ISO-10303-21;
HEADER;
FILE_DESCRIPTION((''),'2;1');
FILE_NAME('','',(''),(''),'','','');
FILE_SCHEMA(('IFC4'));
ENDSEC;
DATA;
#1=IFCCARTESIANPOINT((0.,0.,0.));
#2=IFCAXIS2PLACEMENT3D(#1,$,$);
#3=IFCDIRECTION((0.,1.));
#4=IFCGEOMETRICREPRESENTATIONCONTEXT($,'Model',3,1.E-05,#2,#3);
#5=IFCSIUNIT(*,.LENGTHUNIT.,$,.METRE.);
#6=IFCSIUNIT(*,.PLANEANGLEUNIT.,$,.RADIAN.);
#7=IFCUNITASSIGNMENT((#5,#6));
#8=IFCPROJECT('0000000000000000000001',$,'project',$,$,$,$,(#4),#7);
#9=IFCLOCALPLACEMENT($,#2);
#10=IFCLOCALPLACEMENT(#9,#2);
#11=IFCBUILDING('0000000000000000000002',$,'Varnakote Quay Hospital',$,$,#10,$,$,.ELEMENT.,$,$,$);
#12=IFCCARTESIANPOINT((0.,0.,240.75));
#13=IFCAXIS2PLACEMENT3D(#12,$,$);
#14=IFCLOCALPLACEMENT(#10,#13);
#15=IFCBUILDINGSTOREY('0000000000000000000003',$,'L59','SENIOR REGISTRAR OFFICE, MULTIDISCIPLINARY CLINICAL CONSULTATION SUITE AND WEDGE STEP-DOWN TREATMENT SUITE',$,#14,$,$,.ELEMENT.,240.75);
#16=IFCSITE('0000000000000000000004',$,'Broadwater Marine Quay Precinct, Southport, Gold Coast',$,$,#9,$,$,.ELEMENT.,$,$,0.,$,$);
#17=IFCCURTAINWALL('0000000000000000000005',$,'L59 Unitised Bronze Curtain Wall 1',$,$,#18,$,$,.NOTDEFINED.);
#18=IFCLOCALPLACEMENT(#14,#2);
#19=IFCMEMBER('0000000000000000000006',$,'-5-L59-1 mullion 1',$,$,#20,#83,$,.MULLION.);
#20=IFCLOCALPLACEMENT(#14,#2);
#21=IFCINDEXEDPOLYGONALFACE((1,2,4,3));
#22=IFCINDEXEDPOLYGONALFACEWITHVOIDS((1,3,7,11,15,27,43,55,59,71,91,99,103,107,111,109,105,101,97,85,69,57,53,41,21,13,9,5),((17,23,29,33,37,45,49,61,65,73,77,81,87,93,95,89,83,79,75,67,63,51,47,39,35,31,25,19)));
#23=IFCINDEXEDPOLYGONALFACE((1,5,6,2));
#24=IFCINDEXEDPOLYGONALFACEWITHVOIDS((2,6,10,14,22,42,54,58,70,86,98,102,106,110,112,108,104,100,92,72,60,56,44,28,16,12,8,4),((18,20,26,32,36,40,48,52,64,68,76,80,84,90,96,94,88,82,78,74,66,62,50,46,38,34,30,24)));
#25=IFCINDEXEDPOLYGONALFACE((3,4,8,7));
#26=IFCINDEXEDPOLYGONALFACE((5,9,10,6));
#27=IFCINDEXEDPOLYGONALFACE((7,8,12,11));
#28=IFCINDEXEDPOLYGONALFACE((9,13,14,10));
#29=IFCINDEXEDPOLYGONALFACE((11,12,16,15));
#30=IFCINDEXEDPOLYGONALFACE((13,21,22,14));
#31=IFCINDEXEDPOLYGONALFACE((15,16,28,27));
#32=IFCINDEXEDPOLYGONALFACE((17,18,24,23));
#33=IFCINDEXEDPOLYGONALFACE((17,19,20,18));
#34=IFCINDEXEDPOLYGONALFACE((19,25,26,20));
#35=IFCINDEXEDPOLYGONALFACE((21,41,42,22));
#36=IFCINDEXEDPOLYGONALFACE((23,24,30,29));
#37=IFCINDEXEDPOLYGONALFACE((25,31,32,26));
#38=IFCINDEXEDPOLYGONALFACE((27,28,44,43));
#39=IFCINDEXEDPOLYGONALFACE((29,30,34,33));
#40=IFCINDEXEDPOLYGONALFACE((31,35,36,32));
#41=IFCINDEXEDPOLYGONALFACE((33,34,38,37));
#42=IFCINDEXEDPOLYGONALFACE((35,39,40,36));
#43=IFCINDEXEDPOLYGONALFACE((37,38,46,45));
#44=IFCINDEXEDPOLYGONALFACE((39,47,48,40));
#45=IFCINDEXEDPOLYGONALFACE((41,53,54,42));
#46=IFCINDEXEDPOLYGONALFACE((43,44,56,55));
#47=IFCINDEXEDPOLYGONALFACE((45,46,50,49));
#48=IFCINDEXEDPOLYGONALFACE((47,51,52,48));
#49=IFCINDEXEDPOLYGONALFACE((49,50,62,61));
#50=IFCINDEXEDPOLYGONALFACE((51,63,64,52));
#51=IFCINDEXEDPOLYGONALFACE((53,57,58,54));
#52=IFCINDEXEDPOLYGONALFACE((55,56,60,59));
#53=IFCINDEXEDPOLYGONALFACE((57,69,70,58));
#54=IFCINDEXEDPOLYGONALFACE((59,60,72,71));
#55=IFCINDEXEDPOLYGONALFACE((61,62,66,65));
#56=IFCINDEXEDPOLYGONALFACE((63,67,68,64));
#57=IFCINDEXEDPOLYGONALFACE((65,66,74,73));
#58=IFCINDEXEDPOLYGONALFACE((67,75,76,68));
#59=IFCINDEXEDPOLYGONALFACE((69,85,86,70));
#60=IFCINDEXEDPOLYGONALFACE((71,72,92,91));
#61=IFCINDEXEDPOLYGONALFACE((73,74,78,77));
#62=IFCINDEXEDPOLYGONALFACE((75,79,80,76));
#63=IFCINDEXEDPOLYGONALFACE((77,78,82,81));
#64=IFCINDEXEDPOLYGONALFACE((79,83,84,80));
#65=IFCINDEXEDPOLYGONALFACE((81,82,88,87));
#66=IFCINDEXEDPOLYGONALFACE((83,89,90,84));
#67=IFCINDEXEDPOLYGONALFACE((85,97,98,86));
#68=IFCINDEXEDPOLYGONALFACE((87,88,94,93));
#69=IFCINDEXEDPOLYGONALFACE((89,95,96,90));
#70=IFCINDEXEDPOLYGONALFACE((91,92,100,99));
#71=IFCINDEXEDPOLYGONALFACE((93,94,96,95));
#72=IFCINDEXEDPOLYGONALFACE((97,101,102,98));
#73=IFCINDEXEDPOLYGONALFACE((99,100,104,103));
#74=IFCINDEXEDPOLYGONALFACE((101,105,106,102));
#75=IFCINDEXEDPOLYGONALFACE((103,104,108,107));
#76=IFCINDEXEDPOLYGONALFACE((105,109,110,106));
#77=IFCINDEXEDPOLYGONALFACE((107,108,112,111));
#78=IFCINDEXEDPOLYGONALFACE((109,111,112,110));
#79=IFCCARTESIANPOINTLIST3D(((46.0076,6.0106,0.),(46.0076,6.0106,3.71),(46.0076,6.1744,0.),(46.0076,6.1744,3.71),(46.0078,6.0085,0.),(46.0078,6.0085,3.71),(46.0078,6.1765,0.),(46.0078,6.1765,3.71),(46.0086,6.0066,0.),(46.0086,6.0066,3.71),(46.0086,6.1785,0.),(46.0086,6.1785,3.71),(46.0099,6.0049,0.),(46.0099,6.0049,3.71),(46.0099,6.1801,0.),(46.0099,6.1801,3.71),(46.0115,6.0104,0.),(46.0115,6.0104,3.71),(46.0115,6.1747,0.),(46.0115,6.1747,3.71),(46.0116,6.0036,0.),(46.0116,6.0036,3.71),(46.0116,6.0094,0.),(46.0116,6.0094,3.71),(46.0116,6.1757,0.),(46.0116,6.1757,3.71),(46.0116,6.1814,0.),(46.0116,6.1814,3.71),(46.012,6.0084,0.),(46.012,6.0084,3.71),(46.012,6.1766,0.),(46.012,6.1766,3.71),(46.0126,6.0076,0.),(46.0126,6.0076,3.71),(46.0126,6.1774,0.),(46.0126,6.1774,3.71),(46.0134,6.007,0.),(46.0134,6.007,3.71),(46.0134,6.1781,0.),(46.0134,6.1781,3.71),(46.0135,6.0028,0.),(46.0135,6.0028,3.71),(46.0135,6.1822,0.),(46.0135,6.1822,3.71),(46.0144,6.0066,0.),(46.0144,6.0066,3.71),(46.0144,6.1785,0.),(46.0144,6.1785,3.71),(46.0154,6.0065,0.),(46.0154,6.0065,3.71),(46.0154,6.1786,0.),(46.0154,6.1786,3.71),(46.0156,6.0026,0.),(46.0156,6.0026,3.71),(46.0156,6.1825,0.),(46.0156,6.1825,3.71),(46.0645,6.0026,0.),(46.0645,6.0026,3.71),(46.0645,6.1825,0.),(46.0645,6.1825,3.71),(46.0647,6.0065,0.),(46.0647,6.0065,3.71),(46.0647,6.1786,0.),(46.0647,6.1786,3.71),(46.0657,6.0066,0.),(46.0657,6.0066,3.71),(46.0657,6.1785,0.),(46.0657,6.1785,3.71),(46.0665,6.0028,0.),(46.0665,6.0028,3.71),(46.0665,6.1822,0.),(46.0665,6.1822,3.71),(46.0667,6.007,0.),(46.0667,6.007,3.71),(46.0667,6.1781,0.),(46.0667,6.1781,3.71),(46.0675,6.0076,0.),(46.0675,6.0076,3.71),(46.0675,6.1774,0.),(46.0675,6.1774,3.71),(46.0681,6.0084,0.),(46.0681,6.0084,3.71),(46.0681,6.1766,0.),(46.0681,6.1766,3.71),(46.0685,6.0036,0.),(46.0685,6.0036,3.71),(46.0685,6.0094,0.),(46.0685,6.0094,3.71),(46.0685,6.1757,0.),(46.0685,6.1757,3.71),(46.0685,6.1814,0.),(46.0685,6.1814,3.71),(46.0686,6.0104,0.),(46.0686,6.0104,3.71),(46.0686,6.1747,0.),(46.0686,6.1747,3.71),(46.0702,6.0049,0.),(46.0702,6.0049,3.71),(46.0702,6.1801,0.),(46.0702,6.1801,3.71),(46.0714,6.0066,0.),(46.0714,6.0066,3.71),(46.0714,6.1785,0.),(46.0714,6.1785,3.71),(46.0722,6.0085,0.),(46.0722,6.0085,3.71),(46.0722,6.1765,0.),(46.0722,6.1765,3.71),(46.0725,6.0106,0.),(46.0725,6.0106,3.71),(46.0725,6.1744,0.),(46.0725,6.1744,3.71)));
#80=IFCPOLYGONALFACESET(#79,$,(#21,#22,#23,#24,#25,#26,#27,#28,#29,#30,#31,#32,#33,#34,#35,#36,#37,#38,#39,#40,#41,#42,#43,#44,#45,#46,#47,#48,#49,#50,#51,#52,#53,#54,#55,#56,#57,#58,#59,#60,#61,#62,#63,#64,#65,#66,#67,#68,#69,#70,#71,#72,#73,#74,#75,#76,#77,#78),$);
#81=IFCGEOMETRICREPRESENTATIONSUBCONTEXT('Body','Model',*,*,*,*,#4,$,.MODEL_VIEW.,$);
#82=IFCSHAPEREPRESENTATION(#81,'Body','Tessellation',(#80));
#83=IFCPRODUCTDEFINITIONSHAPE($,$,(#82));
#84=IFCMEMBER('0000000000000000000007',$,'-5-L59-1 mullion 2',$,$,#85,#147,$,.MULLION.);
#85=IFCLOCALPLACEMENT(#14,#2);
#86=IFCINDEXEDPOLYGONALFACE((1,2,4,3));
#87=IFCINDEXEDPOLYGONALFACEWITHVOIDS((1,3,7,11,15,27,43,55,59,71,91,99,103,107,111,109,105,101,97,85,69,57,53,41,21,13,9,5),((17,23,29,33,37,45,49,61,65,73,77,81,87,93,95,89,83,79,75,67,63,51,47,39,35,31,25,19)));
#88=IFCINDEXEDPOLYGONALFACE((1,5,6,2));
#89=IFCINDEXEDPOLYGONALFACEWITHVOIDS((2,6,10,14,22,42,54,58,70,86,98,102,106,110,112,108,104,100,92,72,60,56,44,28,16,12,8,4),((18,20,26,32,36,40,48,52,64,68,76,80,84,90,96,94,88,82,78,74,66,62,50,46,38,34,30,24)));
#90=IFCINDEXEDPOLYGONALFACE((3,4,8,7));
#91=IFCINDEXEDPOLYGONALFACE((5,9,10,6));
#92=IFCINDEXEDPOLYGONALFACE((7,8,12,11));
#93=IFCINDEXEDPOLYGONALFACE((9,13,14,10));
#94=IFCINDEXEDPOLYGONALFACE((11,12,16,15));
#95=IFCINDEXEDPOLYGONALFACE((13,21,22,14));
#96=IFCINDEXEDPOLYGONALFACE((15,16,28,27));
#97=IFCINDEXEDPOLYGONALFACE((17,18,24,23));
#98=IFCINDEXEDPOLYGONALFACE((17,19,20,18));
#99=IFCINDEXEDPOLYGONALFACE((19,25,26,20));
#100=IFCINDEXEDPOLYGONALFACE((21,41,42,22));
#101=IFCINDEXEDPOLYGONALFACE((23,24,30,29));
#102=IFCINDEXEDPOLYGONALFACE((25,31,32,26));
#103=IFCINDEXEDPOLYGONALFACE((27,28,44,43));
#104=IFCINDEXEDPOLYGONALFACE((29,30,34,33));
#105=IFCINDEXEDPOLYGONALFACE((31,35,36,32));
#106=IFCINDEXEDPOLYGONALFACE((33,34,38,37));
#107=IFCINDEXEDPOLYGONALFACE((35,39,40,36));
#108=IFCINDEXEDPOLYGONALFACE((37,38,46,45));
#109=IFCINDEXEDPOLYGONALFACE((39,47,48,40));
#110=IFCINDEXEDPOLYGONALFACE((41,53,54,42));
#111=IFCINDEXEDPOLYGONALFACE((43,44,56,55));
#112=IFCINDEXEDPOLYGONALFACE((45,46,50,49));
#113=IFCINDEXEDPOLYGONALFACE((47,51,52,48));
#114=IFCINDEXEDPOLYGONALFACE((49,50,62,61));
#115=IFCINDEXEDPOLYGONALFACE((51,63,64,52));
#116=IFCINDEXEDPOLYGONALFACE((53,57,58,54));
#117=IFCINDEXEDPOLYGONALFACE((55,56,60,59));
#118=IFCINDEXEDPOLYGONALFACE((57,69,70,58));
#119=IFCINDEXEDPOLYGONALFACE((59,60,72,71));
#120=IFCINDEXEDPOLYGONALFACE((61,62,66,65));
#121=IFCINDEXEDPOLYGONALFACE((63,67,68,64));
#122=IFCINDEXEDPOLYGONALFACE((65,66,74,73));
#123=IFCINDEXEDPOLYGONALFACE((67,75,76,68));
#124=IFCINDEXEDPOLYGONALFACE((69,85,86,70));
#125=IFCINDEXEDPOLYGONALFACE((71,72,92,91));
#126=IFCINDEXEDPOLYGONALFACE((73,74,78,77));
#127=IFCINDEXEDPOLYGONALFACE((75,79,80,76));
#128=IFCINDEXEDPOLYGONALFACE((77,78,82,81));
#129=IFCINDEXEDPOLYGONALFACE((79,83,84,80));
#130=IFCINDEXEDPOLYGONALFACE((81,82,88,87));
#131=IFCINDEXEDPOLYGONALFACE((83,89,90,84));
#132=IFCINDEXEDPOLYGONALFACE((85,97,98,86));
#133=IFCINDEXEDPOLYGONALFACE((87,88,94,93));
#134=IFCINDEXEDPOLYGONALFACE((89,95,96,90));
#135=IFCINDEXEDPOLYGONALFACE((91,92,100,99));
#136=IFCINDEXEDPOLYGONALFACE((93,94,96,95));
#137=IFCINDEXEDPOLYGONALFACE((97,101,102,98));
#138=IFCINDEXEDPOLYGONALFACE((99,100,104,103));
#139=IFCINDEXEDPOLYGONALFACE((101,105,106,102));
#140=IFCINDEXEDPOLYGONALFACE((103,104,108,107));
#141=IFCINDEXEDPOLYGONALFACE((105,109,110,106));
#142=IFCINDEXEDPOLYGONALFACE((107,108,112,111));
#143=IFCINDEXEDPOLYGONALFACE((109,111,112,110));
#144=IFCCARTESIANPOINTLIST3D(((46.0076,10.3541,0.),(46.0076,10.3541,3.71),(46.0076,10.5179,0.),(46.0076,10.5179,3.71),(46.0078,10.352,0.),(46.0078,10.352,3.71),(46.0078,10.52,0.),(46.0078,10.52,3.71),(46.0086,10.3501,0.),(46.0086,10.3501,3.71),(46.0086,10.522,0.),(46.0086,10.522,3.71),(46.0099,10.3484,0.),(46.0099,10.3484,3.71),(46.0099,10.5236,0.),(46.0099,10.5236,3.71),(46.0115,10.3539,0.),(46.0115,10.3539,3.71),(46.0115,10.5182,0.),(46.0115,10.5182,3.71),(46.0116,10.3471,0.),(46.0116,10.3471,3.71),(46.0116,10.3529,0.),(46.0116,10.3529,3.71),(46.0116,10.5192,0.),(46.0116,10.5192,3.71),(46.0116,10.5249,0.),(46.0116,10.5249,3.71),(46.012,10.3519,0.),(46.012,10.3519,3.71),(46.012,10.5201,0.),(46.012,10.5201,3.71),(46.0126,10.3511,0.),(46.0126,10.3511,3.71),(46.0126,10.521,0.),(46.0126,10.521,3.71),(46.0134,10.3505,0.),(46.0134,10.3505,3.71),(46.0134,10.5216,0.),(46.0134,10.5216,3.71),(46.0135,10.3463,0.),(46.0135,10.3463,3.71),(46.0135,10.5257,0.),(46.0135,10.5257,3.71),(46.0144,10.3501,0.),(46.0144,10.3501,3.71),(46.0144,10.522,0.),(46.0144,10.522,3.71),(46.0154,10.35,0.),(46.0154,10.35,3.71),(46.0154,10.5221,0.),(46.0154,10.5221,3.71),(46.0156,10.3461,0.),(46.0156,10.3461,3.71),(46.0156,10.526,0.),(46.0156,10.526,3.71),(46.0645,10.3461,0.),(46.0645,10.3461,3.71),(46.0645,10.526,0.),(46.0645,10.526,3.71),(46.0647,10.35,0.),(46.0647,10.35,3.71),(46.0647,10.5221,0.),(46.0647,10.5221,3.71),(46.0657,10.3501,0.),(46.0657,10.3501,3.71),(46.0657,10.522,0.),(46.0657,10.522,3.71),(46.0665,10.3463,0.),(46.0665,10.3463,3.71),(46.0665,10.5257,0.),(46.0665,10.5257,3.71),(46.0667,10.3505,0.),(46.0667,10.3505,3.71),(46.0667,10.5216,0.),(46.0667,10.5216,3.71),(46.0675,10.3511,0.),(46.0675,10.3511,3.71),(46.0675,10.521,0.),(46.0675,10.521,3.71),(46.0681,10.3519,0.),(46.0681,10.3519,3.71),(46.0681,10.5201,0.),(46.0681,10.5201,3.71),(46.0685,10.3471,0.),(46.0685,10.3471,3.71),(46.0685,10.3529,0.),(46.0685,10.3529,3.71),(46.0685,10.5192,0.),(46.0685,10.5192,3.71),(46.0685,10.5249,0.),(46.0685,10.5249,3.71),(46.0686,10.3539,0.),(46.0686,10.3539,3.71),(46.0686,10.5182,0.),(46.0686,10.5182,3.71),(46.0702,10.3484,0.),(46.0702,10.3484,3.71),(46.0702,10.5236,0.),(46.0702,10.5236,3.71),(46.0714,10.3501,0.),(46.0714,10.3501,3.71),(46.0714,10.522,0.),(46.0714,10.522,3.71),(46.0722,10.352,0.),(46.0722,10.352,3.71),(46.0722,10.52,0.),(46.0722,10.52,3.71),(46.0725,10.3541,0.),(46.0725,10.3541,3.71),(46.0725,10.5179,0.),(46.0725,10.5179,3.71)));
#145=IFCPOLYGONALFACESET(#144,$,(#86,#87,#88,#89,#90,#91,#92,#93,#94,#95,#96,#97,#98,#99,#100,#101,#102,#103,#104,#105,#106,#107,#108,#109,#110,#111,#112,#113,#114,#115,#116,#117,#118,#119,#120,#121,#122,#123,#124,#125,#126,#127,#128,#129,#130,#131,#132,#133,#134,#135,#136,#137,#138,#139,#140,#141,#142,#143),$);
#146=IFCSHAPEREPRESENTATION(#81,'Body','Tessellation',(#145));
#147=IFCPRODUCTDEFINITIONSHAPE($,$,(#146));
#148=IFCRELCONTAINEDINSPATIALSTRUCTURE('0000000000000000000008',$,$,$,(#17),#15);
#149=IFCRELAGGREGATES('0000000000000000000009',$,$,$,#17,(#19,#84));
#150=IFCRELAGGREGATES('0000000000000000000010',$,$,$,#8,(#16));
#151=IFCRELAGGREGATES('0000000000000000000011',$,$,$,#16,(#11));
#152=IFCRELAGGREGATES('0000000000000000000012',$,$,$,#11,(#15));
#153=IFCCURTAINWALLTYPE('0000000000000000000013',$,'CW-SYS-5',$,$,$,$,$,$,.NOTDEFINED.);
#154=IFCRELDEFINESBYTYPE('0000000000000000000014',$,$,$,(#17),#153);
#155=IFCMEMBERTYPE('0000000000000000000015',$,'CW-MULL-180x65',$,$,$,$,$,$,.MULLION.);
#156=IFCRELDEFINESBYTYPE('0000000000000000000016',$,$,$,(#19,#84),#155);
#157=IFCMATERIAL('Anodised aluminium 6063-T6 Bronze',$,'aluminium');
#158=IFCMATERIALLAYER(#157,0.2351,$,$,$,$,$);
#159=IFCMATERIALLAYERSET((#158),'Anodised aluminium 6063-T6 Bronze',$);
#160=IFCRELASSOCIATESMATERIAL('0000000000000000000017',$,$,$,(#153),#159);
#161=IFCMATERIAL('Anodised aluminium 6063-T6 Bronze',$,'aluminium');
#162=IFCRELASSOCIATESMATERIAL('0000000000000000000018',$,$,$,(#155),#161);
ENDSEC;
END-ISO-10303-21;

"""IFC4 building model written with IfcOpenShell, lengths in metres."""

from ifc_helpers import new_model, si_unit, direction, frame, origin, origin_2d, place, context, subcontext, project, spatial, hollow_rectangle, extrude, material, layer, layer_set, material_profile, profile_set, type_object, element, aggregate, save


model = new_model("IFC4")

# Units and contexts
model_context = context("Model", 3, precision=1e-05, world=origin(), true_north=direction((0.0, 1.0)))
body_context = subcontext(model_context, "Body", "Model", "MODEL_VIEW")
ifc_project = project(units=[si_unit("LENGTHUNIT", "METRE"), si_unit("PLANEANGLEUNIT", "RADIAN")], contexts=[model_context])

# Site, building, storey
site_placement = place(None, origin())
site = spatial("IfcSite", under=ifc_project, at=site_placement, Name="Broadwater Marine Quay Precinct, Southport, Gold Coast", CompositionType="ELEMENT", RefElevation=0.0)
building_placement = place(site_placement, origin())
building = spatial("IfcBuilding", under=site, at=building_placement, Name="Varnakote Quay Hospital", CompositionType="ELEMENT")
storey_placement = place(building_placement, frame((0.0, 0.0, 240.75)))
storey = spatial("IfcBuildingStorey", under=building, at=storey_placement, Name="L59", Description="SENIOR REGISTRAR OFFICE, MULTIDISCIPLINARY CLINICAL CONSULTATION SUITE AND WEDGE STEP-DOWN TREATMENT SUITE", CompositionType="ELEMENT", Elevation=240.75)

# Curtain wall, members
ifc_material_1 = material(Name="Anodised aluminium 6063-T6 Bronze", Category="aluminium")
ifc_layer_1 = layer(ifc_material_1, 0.2351)
ifc_layer_set_1 = layer_set([ifc_layer_1], Name="Anodised aluminium 6063-T6 Bronze")
curtain_wall_type = type_object("IfcCurtainWallType", Name="CW-SYS-5", PredefinedType="NOTDEFINED", material=ifc_layer_set_1)
curtain_wall_placement = place(storey_placement, origin())
curtain_wall = element("IfcCurtainWall", 1, at=curtain_wall_placement, inside=storey, type_object=curtain_wall_type, Name="L59 Unitised Bronze Curtain Wall 1", PredefinedType="NOTDEFINED")
ifc_material_2 = material(Name="Anodised aluminium 6063-T6 Bronze", Category="aluminium")
ifc_material_profile_1 = material_profile(ifc_material_2, hollow_rectangle(XDim=0.0649, YDim=0.1799, WallThickness=0.0039, InnerFilletRadius=0.0039, OuterFilletRadius=0.0081, at=origin_2d()), Name="CW-MULL-180x65")
ifc_profile_set_1 = profile_set([ifc_material_profile_1], Name="Anodised aluminium 6063-T6 Bronze")
member_type_1 = type_object("IfcMemberType", Name="CW-MULL-180x65", PredefinedType="MULLION", material=ifc_profile_set_1)
member_1_placement = place(storey_placement, frame((46.04, 6.0925, 0.0), z_axis=(0.0, 0.0, 1.0), x_axis=(-1.0, 0.0, 0.0)))
member_1 = element("IfcMember", 2, at=member_1_placement, type_object=member_type_1, Name="-5-L59-1 mullion 1", PredefinedType="MULLION", context=body_context, shape_type="SweptSolid", body=[
    extrude(hollow_rectangle(XDim=0.0649, YDim=0.1799, WallThickness=0.0039, InnerFilletRadius=0.0039, OuterFilletRadius=0.0081, at=origin_2d()), origin(), (0.0, 0.0, 1.0), 3.71),
])
member_2_placement = place(storey_placement, frame((46.04, 10.436, 0.0), z_axis=(0.0, 0.0, 1.0), x_axis=(-1.0, 0.0, 0.0)))
member_2 = element("IfcMember", 3, at=member_2_placement, type_object=member_type_1, Name="-5-L59-1 mullion 2", PredefinedType="MULLION", context=body_context, shape_type="SweptSolid", body=[
    extrude(hollow_rectangle(XDim=0.0649, YDim=0.1799, WallThickness=0.0039, InnerFilletRadius=0.0039, OuterFilletRadius=0.0081, at=origin_2d()), origin(), (0.0, 0.0, 1.0), 3.71),
])
aggregate(curtain_wall, [member_1, member_2])

save(model, "model.ifc")
